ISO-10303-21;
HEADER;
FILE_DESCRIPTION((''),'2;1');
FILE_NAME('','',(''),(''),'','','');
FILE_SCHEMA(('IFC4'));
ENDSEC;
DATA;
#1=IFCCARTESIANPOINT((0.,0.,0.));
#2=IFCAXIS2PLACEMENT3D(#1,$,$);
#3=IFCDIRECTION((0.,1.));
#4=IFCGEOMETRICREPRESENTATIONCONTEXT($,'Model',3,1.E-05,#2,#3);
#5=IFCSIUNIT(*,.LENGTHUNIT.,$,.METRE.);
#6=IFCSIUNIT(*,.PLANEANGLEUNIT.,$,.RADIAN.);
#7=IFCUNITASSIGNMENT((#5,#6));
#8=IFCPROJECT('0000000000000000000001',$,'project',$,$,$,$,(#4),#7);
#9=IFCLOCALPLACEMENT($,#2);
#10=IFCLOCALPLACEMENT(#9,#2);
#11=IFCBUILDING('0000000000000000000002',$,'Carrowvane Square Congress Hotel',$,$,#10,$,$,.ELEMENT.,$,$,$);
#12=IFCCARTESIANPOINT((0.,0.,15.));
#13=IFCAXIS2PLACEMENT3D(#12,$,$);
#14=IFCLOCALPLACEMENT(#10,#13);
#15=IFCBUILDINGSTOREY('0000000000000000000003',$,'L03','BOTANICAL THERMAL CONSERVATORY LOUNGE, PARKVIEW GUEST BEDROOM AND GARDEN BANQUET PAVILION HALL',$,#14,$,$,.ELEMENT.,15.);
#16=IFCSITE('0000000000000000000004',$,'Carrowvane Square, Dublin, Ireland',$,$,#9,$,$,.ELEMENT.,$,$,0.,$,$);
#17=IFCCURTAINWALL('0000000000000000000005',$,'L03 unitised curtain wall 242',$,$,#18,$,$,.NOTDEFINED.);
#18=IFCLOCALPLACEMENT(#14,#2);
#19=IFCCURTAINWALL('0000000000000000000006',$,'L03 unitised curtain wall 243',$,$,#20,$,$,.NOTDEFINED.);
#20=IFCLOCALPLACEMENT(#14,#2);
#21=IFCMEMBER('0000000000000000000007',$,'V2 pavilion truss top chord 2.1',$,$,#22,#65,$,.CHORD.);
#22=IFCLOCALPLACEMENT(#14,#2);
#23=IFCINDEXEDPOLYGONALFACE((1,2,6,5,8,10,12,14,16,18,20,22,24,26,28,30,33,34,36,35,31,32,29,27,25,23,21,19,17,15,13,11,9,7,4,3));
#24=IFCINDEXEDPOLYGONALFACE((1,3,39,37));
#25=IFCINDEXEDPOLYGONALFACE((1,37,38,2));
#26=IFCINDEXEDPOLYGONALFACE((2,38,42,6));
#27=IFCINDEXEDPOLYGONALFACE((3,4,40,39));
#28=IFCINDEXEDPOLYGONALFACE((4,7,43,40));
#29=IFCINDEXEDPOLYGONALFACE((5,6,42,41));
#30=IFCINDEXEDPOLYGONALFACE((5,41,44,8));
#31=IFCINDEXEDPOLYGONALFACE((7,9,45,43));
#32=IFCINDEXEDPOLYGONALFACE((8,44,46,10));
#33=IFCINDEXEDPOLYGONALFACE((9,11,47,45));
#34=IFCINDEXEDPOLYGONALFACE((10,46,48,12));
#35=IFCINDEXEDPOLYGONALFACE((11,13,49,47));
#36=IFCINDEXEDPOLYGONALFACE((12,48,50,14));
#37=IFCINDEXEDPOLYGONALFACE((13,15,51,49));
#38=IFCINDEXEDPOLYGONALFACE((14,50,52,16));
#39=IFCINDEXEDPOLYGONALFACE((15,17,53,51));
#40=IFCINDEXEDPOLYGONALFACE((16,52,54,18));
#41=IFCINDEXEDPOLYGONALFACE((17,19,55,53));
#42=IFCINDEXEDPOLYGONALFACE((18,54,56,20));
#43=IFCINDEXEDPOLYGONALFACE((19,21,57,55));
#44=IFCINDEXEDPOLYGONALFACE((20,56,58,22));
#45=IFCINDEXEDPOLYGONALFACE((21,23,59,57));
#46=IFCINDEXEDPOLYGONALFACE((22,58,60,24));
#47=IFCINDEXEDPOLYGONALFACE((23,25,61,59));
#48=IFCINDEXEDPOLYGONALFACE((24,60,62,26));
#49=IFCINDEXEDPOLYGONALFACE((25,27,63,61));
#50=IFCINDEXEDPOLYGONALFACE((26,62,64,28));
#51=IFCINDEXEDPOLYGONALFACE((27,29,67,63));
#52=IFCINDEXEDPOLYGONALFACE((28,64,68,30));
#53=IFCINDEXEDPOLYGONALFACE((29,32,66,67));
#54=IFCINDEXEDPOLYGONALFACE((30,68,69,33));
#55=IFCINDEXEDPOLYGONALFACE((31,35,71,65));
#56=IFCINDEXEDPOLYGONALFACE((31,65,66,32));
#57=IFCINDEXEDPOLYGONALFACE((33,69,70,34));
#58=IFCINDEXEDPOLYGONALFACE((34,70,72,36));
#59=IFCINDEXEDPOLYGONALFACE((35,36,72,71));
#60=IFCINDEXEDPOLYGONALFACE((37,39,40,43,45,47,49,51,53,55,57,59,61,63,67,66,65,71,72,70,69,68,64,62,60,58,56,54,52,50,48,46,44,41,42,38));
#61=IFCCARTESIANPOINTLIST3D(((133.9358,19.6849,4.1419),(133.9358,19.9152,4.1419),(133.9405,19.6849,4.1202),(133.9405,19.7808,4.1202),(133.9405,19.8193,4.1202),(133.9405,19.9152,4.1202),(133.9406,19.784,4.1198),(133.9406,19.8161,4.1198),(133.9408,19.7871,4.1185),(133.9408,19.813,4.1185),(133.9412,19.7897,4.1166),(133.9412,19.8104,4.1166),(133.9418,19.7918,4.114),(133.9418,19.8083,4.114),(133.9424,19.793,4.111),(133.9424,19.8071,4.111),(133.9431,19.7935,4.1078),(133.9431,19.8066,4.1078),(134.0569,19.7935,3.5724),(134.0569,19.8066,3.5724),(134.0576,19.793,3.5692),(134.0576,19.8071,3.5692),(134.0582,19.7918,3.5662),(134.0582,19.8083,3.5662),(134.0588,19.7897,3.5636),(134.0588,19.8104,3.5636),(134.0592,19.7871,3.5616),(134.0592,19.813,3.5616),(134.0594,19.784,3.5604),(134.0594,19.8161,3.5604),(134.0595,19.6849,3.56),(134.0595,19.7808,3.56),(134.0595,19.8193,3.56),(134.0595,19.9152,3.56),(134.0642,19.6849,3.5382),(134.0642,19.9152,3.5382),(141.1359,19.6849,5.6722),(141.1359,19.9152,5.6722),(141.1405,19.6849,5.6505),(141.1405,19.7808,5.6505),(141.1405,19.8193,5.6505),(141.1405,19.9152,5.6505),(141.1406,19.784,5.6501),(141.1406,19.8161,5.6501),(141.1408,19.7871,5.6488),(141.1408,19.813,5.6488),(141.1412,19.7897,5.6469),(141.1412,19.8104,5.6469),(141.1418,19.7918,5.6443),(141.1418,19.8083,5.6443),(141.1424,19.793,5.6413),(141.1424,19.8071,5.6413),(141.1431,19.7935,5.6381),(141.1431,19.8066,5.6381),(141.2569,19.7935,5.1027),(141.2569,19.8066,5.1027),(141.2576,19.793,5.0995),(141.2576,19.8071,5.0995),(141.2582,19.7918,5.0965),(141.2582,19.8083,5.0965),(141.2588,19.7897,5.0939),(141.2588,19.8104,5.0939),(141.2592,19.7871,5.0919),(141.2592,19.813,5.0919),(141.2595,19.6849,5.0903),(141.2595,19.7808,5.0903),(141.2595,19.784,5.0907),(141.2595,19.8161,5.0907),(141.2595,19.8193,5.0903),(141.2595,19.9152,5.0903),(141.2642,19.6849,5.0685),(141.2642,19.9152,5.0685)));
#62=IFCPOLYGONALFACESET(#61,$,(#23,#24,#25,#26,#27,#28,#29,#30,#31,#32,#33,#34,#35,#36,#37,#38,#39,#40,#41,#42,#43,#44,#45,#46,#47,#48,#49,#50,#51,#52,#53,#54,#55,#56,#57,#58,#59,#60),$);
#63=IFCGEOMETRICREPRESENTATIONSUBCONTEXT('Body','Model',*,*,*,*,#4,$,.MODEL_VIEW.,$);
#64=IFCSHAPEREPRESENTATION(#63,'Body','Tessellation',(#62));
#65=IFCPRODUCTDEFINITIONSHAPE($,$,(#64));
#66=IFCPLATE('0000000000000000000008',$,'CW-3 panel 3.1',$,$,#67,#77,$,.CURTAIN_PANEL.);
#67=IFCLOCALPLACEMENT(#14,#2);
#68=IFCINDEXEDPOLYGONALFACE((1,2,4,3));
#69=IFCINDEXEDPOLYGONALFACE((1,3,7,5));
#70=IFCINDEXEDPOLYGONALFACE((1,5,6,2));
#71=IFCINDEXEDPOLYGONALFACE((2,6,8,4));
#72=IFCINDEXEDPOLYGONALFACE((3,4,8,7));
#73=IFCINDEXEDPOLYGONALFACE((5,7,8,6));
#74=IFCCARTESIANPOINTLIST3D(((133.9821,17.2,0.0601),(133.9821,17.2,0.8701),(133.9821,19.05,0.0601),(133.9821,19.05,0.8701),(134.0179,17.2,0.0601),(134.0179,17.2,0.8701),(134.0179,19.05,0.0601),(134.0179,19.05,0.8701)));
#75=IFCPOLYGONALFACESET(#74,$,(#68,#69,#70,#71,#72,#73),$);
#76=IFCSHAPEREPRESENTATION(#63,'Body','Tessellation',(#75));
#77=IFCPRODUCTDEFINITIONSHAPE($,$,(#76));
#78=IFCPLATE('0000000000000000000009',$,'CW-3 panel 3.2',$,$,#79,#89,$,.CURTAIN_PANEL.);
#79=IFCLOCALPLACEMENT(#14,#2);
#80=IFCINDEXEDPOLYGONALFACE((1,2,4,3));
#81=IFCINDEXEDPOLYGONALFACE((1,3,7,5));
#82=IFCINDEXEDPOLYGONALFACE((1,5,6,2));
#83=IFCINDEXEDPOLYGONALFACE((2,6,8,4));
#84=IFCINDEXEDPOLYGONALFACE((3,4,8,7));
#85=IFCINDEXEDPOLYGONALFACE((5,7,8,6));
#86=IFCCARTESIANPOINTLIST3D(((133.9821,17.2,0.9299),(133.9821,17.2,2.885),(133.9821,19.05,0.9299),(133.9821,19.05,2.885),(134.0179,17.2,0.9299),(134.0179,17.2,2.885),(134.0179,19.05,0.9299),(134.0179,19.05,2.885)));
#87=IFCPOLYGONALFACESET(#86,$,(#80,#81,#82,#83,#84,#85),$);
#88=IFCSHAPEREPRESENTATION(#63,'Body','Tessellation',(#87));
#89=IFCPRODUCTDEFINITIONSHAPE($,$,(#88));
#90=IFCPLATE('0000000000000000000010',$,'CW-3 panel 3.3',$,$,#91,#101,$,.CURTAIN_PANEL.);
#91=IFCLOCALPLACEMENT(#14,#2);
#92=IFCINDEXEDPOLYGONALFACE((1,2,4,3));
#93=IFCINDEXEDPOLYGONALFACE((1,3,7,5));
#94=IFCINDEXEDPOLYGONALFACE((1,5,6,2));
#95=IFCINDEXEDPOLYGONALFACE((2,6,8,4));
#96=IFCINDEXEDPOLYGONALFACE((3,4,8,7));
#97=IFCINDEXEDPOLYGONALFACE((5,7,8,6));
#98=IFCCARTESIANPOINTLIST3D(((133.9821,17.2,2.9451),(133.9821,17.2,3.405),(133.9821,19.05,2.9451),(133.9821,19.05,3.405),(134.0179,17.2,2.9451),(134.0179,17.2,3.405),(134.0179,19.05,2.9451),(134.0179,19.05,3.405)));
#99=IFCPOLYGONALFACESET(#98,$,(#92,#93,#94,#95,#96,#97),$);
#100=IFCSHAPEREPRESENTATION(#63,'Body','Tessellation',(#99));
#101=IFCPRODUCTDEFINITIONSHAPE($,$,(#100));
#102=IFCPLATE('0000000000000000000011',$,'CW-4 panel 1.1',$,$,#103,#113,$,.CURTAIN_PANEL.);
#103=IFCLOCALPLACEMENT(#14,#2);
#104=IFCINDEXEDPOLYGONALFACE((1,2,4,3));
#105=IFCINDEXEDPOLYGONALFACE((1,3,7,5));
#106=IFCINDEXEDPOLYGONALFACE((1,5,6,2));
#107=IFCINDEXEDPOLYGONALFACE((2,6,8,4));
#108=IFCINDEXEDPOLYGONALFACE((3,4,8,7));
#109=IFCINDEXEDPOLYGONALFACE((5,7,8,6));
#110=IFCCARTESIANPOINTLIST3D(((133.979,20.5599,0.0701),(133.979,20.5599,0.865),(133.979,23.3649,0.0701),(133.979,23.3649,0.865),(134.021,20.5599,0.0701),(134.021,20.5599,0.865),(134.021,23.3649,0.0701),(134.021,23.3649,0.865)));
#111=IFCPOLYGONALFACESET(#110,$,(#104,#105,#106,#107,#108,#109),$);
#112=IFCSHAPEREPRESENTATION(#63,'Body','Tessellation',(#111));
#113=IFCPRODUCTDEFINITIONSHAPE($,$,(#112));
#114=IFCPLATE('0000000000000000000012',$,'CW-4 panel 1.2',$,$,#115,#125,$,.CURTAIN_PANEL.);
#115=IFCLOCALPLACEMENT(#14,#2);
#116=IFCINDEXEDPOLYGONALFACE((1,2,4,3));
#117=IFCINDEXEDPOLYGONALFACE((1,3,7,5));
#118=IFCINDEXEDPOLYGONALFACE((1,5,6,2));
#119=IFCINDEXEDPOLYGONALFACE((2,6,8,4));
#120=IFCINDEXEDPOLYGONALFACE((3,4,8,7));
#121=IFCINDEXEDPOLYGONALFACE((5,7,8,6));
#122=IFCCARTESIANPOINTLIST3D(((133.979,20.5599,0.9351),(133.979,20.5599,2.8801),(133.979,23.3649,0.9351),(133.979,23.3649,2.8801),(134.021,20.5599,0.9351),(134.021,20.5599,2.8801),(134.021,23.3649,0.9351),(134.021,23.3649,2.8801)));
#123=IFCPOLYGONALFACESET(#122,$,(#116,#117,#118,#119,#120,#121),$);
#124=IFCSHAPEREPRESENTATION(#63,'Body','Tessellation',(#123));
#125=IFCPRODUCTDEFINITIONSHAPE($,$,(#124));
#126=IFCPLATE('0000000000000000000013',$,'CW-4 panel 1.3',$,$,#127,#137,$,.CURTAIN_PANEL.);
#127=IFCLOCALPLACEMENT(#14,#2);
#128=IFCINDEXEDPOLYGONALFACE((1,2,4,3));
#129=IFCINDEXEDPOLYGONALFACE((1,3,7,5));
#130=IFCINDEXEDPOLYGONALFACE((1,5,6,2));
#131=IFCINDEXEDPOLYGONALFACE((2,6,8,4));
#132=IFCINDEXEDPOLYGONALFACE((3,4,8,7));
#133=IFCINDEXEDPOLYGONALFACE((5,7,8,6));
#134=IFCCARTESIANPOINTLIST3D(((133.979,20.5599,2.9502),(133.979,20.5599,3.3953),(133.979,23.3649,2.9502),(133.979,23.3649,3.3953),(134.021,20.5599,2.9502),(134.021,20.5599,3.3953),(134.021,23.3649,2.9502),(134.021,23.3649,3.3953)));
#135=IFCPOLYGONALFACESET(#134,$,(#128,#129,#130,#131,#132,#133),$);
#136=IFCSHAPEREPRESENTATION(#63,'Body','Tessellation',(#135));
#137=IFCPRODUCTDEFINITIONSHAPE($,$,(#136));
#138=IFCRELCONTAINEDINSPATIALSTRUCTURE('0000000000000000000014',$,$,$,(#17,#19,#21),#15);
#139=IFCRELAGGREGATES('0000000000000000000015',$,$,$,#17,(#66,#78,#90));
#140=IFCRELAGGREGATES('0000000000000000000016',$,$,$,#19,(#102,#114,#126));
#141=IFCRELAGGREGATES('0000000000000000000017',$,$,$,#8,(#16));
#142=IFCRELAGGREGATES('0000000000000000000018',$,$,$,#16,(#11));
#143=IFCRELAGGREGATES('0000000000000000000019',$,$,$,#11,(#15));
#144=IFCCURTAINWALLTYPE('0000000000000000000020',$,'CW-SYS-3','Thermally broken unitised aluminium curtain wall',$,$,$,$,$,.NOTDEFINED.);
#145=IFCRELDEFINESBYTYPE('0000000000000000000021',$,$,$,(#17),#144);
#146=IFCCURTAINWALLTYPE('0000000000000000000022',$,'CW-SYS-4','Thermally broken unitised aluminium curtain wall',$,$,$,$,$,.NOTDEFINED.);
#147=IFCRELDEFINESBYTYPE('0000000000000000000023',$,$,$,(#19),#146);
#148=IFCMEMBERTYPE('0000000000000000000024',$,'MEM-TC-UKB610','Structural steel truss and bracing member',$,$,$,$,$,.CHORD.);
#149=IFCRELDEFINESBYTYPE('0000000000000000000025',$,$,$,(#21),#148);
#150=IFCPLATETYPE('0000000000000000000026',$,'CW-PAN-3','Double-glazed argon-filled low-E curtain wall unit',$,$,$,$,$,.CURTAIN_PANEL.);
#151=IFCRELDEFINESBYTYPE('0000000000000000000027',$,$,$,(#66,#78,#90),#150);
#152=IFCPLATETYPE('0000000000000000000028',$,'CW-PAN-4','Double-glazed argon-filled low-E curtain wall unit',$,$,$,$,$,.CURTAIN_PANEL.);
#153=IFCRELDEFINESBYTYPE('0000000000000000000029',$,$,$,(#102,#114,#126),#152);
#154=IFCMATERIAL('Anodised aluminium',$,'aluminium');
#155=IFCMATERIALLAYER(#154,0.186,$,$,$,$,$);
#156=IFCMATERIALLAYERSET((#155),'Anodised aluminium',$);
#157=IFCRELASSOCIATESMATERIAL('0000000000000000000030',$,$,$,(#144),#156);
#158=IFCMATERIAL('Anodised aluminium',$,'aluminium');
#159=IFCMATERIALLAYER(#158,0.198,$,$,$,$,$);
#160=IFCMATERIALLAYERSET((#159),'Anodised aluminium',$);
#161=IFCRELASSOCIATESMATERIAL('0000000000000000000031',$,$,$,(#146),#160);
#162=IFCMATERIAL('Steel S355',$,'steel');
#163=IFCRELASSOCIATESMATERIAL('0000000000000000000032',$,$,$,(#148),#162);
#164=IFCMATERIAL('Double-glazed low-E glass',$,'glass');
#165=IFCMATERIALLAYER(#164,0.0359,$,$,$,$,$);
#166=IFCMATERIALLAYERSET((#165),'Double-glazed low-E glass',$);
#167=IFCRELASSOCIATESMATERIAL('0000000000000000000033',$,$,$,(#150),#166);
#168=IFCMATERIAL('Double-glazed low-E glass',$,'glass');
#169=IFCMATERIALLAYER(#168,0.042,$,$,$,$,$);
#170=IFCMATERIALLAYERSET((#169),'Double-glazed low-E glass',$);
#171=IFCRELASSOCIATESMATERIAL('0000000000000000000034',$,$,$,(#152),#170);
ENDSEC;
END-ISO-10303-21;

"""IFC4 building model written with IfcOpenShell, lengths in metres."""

from ifc_helpers import new_model, si_unit, direction, frame, origin, origin_2d, place, context, subcontext, project, spatial, rectangle, i_section, extrude, material, layer, layer_set, material_profile, profile_set, type_object, element, aggregate, save


model = new_model("IFC4")

# Units and contexts
model_context = context("Model", 3, precision=1e-05, world=origin(), true_north=direction((0.0, 1.0)))
body_context = subcontext(model_context, "Body", "Model", "MODEL_VIEW")
ifc_project = project(units=[si_unit("LENGTHUNIT", "METRE"), si_unit("PLANEANGLEUNIT", "RADIAN")], contexts=[model_context])

# Site, building, storey
site_placement = place(None, origin())
site = spatial("IfcSite", under=ifc_project, at=site_placement, Name="Carrowvane Square, Dublin, Ireland", CompositionType="ELEMENT", RefElevation=0.0)
building_placement = place(site_placement, origin())
building = spatial("IfcBuilding", under=site, at=building_placement, Name="Carrowvane Square Congress Hotel", CompositionType="ELEMENT")
storey_placement = place(building_placement, frame((0.0, 0.0, 15.0)))
storey = spatial("IfcBuildingStorey", under=building, at=storey_placement, Name="L03", Description="BOTANICAL THERMAL CONSERVATORY LOUNGE, PARKVIEW GUEST BEDROOM AND GARDEN BANQUET PAVILION HALL", CompositionType="ELEMENT", Elevation=15.0)

# Curtain wall
ifc_material_1 = material(Name="Anodised aluminium", Category="aluminium")
ifc_layer_1 = layer(ifc_material_1, 0.186)
ifc_layer_set_1 = layer_set([ifc_layer_1], Name="Anodised aluminium")
curtain_wall_type_1 = type_object("IfcCurtainWallType", Name="CW-SYS-3", Description="Thermally broken unitised aluminium curtain wall", PredefinedType="NOTDEFINED", material=ifc_layer_set_1)
curtain_wall_1_placement = place(storey_placement, origin())
curtain_wall_1 = element("IfcCurtainWall", 1, at=curtain_wall_1_placement, inside=storey, type_object=curtain_wall_type_1, Name="L03 unitised curtain wall 242", PredefinedType="NOTDEFINED")

# Curtain wall
ifc_material_2 = material(Name="Anodised aluminium", Category="aluminium")
ifc_layer_2 = layer(ifc_material_2, 0.198)
ifc_layer_set_2 = layer_set([ifc_layer_2], Name="Anodised aluminium")
curtain_wall_type_2 = type_object("IfcCurtainWallType", Name="CW-SYS-4", Description="Thermally broken unitised aluminium curtain wall", PredefinedType="NOTDEFINED", material=ifc_layer_set_2)
curtain_wall_2_placement = place(storey_placement, origin())
curtain_wall_2 = element("IfcCurtainWall", 2, at=curtain_wall_2_placement, inside=storey, type_object=curtain_wall_type_2, Name="L03 unitised curtain wall 243", PredefinedType="NOTDEFINED")

# Member
ifc_material_3 = material(Name="Steel S355", Category="steel")
ifc_material_profile_1 = material_profile(ifc_material_3, i_section(OverallWidth=0.2302, OverallDepth=0.6172, WebThickness=0.0132, FlangeThickness=0.0222, FilletRadius=0.0127, at=origin_2d()), Name="UKB 610x229x140")
ifc_profile_set_1 = profile_set([ifc_material_profile_1], Name="Steel S355")
member_type_1 = type_object("IfcMemberType", Name="MEM-TC-UKB610", Description="Structural steel truss and bracing member", PredefinedType="CHORD", material=ifc_profile_set_1)
member_1_placement = place(storey_placement, frame((134.0, 19.8, 3.8401), z_axis=(0.978151, 0.0, 0.207896), x_axis=(0.0, 1.0, 0.0)))
element("IfcMember", 3, at=member_1_placement, inside=storey, type_object=member_type_1, Name="V2 pavilion truss top chord 2.1", PredefinedType="CHORD", context=body_context, shape_type="SweptSolid", body=[
    extrude(i_section(OverallWidth=0.2302, OverallDepth=0.6172, WebThickness=0.0132, FlangeThickness=0.0222, FilletRadius=0.0127, at=origin_2d()), origin(), (0.0, 0.0, 1.0), 7.3608),
])

# Plates
ifc_material_4 = material(Name="Double-glazed low-E glass", Category="glass")
ifc_layer_3 = layer(ifc_material_4, 0.0359)
ifc_layer_set_3 = layer_set([ifc_layer_3], Name="Double-glazed low-E glass")
plate_type_1 = type_object("IfcPlateType", Name="CW-PAN-3", Description="Double-glazed argon-filled low-E curtain wall unit", PredefinedType="CURTAIN_PANEL", material=ifc_layer_set_3)
plate_1_placement = place(storey_placement, frame((134.0, 18.125, 0.0601), z_axis=(0.0, 0.0, 1.0), x_axis=(0.0, 1.0, 0.0)))
plate_1 = element("IfcPlate", 4, at=plate_1_placement, type_object=plate_type_1, Name="CW-3 panel 3.1", PredefinedType="CURTAIN_PANEL", context=body_context, shape_type="SweptSolid", body=[
    extrude(rectangle(XDim=1.8501, YDim=0.0359, at=origin_2d()), origin(), (0.0, 0.0, 1.0), 0.8101),
])
plate_2_placement = place(storey_placement, frame((134.0, 18.125, 0.9299), z_axis=(0.0, 0.0, 1.0), x_axis=(0.0, 1.0, 0.0)))
plate_2 = element("IfcPlate", 5, at=plate_2_placement, type_object=plate_type_1, Name="CW-3 panel 3.2", PredefinedType="CURTAIN_PANEL", context=body_context, shape_type="SweptSolid", body=[
    extrude(rectangle(XDim=1.8501, YDim=0.0359, at=origin_2d()), origin(), (0.0, 0.0, 1.0), 1.9551),
])
plate_3_placement = place(storey_placement, frame((134.0, 18.125, 2.9451), z_axis=(0.0, 0.0, 1.0), x_axis=(0.0, 1.0, 0.0)))
plate_3 = element("IfcPlate", 6, at=plate_3_placement, type_object=plate_type_1, Name="CW-3 panel 3.3", PredefinedType="CURTAIN_PANEL", context=body_context, shape_type="SweptSolid", body=[
    extrude(rectangle(XDim=1.8501, YDim=0.0359, at=origin_2d()), origin(), (0.0, 0.0, 1.0), 0.46),
])
aggregate(curtain_wall_1, [plate_1, plate_2, plate_3])
ifc_material_5 = material(Name="Double-glazed low-E glass", Category="glass")
ifc_layer_4 = layer(ifc_material_5, 0.042)
ifc_layer_set_4 = layer_set([ifc_layer_4], Name="Double-glazed low-E glass")
plate_type_2 = type_object("IfcPlateType", Name="CW-PAN-4", Description="Double-glazed argon-filled low-E curtain wall unit", PredefinedType="CURTAIN_PANEL", material=ifc_layer_set_4)
plate_4_placement = place(storey_placement, frame((134.0, 21.9624, 0.0701), z_axis=(0.0, 0.0, 1.0), x_axis=(0.0, 1.0, 0.0)))
plate_4 = element("IfcPlate", 7, at=plate_4_placement, type_object=plate_type_2, Name="CW-4 panel 1.1", PredefinedType="CURTAIN_PANEL", context=body_context, shape_type="SweptSolid", body=[
    extrude(rectangle(XDim=2.8049, YDim=0.042, at=origin_2d()), origin(), (0.0, 0.0, 1.0), 0.7949),
])
plate_5_placement = place(storey_placement, frame((134.0, 21.9624, 0.9351), z_axis=(0.0, 0.0, 1.0), x_axis=(0.0, 1.0, 0.0)))
plate_5 = element("IfcPlate", 8, at=plate_5_placement, type_object=plate_type_2, Name="CW-4 panel 1.2", PredefinedType="CURTAIN_PANEL", context=body_context, shape_type="SweptSolid", body=[
    extrude(rectangle(XDim=2.8049, YDim=0.042, at=origin_2d()), origin(), (0.0, 0.0, 1.0), 1.9451),
])
plate_6_placement = place(storey_placement, frame((134.0, 21.9624, 2.9502), z_axis=(0.0, 0.0, 1.0), x_axis=(0.0, 1.0, 0.0)))
plate_6 = element("IfcPlate", 9, at=plate_6_placement, type_object=plate_type_2, Name="CW-4 panel 1.3", PredefinedType="CURTAIN_PANEL", context=body_context, shape_type="SweptSolid", body=[
    extrude(rectangle(XDim=2.8049, YDim=0.042, at=origin_2d()), origin(), (0.0, 0.0, 1.0), 0.4451),
])
aggregate(curtain_wall_2, [plate_4, plate_5, plate_6])

save(model, "model.ifc")
